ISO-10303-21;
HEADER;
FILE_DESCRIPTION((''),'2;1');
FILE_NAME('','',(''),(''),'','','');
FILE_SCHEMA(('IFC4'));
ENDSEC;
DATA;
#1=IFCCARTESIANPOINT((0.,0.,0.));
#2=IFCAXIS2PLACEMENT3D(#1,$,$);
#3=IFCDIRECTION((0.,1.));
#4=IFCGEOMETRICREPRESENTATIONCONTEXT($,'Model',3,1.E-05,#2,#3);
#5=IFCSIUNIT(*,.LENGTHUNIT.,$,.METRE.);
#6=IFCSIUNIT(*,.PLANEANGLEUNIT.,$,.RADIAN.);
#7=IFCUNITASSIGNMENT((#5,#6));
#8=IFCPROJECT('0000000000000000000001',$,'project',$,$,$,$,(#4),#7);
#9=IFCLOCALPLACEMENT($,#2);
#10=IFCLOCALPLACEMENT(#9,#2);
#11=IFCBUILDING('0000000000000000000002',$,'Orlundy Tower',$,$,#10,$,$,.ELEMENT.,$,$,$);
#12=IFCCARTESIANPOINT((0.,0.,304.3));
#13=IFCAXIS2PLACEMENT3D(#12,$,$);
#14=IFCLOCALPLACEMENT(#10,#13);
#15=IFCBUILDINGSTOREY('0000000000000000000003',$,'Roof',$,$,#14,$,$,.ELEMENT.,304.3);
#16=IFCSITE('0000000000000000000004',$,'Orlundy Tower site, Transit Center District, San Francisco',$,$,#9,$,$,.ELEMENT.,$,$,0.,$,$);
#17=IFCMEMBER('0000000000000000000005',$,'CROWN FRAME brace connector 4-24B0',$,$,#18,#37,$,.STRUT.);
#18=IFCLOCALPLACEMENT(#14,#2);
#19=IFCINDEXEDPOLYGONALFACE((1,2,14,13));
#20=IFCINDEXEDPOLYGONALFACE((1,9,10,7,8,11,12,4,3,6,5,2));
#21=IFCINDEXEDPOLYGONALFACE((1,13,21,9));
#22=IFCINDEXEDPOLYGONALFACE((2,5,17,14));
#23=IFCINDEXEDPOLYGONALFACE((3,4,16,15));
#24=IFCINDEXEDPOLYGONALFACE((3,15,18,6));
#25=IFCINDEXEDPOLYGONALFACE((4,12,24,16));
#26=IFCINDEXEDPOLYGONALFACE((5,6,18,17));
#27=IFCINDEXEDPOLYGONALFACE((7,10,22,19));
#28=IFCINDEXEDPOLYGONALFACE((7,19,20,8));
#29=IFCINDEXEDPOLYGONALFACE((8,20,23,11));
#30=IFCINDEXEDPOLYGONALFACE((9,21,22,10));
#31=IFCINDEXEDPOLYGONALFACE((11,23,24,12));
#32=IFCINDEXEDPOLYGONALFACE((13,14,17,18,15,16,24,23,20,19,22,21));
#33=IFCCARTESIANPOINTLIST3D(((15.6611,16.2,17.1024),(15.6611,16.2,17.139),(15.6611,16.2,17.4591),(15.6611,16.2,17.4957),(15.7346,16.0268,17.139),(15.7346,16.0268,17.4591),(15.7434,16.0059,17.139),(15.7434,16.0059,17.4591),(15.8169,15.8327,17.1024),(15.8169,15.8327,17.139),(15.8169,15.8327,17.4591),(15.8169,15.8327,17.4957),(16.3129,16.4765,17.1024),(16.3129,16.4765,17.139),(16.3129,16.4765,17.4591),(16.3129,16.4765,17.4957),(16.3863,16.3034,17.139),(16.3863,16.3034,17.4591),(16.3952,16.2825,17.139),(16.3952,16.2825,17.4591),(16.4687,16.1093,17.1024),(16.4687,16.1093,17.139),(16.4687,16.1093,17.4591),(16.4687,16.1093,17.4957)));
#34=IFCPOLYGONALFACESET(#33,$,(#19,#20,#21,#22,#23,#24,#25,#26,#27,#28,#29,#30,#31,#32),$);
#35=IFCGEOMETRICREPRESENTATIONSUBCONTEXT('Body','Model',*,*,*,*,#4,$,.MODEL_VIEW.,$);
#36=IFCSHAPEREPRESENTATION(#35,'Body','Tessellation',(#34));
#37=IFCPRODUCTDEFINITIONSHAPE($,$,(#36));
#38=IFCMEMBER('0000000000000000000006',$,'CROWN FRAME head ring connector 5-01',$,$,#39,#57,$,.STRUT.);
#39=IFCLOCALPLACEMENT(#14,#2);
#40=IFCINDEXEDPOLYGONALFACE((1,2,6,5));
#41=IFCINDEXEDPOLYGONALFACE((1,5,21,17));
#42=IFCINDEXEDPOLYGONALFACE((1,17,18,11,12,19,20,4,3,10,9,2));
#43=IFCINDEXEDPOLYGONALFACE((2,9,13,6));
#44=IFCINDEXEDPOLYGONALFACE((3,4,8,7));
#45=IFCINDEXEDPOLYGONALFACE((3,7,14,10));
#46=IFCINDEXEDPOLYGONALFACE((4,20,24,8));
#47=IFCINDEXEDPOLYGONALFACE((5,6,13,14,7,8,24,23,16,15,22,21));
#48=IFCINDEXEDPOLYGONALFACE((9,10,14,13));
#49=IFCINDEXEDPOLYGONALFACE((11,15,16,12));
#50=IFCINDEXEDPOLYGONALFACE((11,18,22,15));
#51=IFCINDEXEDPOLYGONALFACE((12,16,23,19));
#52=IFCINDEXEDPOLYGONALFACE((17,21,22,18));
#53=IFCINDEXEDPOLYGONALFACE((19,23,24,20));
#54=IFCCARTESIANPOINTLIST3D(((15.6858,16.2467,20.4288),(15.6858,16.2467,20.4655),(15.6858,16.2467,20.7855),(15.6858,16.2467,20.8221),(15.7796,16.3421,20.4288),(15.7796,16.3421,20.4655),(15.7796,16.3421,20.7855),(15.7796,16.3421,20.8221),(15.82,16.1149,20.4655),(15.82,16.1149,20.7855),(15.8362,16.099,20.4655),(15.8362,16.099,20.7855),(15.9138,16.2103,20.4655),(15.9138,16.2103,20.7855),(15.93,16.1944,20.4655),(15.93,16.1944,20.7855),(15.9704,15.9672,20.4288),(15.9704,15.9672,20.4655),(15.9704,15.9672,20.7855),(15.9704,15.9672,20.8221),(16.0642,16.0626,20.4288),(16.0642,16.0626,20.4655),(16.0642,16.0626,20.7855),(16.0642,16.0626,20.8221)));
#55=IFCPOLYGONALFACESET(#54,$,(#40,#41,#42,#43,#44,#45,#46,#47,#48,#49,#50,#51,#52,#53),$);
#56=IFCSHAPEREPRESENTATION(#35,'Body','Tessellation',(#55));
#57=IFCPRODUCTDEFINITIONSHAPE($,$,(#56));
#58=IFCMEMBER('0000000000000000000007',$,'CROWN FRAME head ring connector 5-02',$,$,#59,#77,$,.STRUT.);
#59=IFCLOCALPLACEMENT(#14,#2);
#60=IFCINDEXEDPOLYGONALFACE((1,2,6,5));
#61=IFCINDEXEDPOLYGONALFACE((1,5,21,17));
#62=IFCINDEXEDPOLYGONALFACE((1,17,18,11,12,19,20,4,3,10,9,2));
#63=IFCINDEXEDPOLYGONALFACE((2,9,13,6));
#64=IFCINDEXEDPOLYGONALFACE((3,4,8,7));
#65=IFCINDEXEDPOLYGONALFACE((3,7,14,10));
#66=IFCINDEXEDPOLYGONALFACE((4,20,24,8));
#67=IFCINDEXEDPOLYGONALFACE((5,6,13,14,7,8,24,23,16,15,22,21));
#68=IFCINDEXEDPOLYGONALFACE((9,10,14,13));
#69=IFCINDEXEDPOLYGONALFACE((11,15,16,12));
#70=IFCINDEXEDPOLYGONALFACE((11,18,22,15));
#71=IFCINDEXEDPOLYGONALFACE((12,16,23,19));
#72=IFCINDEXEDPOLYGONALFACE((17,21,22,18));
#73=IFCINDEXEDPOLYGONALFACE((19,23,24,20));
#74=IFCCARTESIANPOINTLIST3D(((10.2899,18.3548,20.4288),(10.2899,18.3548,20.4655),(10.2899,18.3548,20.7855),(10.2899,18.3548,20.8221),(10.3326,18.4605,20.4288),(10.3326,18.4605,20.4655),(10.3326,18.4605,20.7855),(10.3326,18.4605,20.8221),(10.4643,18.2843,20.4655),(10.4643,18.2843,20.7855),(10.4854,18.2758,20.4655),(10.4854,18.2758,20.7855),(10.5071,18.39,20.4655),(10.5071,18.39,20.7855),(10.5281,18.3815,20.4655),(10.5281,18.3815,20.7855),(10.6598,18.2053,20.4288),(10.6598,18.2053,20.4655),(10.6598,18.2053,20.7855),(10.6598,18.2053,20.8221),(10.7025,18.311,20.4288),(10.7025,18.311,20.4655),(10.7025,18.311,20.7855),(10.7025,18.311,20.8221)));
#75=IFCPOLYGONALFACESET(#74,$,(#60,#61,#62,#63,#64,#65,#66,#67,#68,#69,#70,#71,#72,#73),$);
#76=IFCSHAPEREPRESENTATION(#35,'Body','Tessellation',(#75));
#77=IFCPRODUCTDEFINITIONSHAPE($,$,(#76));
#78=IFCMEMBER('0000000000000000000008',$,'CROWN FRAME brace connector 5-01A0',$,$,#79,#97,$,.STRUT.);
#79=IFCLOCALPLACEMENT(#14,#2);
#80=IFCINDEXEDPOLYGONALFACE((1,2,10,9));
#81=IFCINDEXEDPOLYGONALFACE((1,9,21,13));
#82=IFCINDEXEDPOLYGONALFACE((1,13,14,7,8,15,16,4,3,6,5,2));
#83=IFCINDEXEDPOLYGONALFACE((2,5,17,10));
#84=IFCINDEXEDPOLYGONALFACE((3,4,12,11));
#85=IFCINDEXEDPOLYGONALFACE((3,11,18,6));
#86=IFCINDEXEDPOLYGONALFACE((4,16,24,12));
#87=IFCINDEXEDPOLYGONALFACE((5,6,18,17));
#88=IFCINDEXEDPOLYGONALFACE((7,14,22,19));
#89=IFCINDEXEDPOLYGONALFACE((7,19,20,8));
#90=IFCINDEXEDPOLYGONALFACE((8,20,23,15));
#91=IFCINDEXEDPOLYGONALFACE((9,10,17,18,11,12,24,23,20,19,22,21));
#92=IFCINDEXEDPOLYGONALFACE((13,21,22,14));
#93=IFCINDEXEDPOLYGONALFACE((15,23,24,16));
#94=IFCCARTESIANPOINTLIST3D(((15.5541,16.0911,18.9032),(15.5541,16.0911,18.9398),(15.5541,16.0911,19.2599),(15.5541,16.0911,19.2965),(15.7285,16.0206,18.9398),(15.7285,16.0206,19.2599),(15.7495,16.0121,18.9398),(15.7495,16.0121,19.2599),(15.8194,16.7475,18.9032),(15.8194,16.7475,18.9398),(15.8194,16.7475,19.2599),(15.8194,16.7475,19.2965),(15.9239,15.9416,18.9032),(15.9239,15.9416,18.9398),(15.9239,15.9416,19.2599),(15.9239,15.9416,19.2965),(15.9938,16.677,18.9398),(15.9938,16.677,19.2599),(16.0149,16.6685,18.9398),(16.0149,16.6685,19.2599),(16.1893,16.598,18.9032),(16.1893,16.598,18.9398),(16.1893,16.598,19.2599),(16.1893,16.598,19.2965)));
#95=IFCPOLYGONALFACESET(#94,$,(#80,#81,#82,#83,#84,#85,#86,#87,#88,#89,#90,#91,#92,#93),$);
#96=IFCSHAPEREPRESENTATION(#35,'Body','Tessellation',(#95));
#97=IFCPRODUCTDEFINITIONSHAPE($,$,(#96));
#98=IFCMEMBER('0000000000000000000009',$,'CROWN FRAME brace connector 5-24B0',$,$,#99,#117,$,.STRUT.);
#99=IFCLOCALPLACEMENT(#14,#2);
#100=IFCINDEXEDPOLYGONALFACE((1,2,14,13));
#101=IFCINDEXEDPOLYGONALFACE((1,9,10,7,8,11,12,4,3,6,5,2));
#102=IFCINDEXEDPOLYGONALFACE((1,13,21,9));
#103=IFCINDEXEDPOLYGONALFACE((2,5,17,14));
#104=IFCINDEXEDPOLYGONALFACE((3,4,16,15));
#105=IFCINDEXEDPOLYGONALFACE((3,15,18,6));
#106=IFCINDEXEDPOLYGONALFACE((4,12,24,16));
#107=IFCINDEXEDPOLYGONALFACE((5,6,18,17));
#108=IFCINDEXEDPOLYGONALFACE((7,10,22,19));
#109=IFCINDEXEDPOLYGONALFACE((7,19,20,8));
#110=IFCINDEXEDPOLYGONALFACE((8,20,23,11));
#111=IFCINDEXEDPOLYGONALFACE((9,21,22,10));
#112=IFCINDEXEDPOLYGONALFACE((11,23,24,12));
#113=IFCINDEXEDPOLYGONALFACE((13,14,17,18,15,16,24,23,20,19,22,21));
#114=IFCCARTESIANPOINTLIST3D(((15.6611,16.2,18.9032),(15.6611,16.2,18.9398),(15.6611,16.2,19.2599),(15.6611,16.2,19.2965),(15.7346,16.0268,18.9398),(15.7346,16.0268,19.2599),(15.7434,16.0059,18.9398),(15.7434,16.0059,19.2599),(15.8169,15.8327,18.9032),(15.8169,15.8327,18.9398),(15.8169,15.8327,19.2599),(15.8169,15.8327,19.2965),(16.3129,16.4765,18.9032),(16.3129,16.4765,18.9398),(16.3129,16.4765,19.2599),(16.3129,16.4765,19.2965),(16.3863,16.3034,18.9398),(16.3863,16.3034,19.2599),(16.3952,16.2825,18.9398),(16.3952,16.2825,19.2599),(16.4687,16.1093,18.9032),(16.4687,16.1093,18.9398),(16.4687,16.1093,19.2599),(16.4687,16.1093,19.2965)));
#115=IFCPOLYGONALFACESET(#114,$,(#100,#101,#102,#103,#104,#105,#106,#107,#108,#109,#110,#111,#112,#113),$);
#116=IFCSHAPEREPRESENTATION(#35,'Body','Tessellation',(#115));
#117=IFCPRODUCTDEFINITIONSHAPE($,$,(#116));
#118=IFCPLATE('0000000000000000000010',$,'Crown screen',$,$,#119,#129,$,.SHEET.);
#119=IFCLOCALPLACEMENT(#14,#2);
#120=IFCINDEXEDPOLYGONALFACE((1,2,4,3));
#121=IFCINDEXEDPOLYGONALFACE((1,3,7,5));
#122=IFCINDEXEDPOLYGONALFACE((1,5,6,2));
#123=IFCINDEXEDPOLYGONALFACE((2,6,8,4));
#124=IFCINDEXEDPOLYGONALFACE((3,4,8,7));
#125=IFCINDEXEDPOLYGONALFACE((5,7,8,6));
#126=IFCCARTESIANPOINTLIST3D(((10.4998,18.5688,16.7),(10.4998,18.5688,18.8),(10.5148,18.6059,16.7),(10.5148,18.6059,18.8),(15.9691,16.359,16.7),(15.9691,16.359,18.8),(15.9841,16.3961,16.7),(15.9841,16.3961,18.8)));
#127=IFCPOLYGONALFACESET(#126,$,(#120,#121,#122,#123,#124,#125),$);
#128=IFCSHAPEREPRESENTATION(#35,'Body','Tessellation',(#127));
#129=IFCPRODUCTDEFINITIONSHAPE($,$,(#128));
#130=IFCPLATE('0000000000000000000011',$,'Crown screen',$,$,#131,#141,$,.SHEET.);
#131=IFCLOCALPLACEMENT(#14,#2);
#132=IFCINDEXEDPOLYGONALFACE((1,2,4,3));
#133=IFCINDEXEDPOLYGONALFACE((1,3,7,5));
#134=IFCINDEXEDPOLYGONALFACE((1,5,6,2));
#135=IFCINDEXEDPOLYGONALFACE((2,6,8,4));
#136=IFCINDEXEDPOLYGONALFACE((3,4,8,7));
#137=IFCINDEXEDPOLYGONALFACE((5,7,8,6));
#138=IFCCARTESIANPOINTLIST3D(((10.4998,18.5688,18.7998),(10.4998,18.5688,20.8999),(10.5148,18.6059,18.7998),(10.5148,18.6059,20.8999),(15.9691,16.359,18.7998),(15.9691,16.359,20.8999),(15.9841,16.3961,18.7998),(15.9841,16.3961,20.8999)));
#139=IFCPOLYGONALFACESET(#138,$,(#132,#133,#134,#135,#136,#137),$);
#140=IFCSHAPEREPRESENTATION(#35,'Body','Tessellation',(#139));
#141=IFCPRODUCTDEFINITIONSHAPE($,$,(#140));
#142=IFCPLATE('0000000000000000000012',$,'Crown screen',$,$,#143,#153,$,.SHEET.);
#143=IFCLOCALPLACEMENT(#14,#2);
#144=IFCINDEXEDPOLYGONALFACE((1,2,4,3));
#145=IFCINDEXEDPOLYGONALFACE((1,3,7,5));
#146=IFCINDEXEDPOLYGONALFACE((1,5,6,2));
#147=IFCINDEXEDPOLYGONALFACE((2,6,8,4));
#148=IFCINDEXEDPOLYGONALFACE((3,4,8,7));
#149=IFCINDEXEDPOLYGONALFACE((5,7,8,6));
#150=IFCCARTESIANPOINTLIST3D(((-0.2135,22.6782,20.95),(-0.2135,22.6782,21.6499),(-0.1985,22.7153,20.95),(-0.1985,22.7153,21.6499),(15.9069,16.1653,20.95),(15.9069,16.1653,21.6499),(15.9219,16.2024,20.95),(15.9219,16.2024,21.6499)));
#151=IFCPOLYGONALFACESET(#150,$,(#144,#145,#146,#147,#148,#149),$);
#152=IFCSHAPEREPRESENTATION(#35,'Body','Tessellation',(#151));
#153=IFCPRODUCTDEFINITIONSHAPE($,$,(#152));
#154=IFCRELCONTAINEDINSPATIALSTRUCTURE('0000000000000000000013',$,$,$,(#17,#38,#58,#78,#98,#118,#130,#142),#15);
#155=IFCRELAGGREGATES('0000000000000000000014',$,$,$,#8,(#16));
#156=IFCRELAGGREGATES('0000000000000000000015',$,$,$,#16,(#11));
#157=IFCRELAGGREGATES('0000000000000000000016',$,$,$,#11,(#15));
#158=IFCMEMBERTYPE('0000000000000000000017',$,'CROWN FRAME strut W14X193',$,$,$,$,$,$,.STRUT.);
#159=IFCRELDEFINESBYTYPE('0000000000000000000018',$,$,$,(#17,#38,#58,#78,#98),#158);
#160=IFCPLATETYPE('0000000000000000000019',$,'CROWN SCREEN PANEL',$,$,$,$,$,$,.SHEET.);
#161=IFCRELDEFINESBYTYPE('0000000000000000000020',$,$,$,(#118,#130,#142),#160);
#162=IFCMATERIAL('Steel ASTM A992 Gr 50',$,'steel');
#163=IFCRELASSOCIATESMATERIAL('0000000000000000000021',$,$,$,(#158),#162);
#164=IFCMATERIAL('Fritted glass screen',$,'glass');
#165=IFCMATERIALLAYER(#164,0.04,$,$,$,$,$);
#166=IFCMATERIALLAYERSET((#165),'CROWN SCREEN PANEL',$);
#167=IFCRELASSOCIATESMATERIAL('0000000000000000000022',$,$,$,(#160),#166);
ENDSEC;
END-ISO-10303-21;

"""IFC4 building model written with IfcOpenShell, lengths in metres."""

from ifc_helpers import new_model, si_unit, direction, frame, origin, origin_2d, place, context, subcontext, project, spatial, polyline, rectangle, i_section, outline, extrude, material, layer, layer_set, material_profile, profile_set, type_object, element, save


model = new_model("IFC4")

# Units and contexts
model_context = context("Model", 3, precision=1e-05, world=origin(), true_north=direction((0.0, 1.0)))
body_context = subcontext(model_context, "Body", "Model", "MODEL_VIEW")
ifc_project = project(units=[si_unit("LENGTHUNIT", "METRE"), si_unit("PLANEANGLEUNIT", "RADIAN")], contexts=[model_context])

# Site, building, storey
site_placement = place(None, origin())
site = spatial("IfcSite", under=ifc_project, at=site_placement, Name="Orlundy Tower site, Transit Center District, San Francisco", CompositionType="ELEMENT", RefElevation=0.0)
building_placement = place(site_placement, origin())
building = spatial("IfcBuilding", under=site, at=building_placement, Name="Orlundy Tower", CompositionType="ELEMENT")
storey_placement = place(building_placement, frame((0.0, 0.0, 304.3)))
storey = spatial("IfcBuildingStorey", under=building, at=storey_placement, Name="Roof", CompositionType="ELEMENT", Elevation=304.3)

# Members
ifc_material_1 = material(Name="Steel ASTM A992 Gr 50", Category="steel")
ifc_material_profile_1 = material_profile(ifc_material_1, i_section(OverallWidth=0.3989, OverallDepth=0.3933, WebThickness=0.0227, FlangeThickness=0.0366, at=origin_2d()), Name="W14X193")
ifc_profile_set_1 = profile_set([ifc_material_profile_1], Name="Steel ASTM A992 Gr 50")
member_type_1 = type_object("IfcMemberType", Name="CROWN FRAME strut W14X193", PredefinedType="STRUT", material=ifc_profile_set_1)
for number, where, z_axis, x_axis, name in (
    (1, (15.739, 16.0164, 17.2991), (0.920548, 0.39063, 0.0), (-0.39063, 0.920548, 0.0), "CROWN FRAME brace connector 4-24B0"),
):
    element("IfcMember", number, at=place(storey_placement, frame(where, z_axis=z_axis, x_axis=x_axis)), inside=storey, type_object=member_type_1, Name=name, PredefinedType="STRUT", context=body_context, shape_type="SweptSolid", body=[
        extrude(i_section(OverallWidth=0.3989, OverallDepth=0.3933, WebThickness=0.0227, FlangeThickness=0.0366, at=origin_2d()), origin(), (0.0, 0.0, 1.0), 0.708),
    ])
member_1_placement = place(storey_placement, frame((15.8281, 16.1069, 20.6255), z_axis=(0.700691, 0.713464, 0.0), x_axis=(-0.713464, 0.700691, 0.0)))
element("IfcMember", 2, at=member_1_placement, inside=storey, type_object=member_type_1, Name="CROWN FRAME head ring connector 5-01", PredefinedType="STRUT", context=body_context, shape_type="SweptSolid", body=[
    extrude(i_section(OverallWidth=0.3989, OverallDepth=0.3933, WebThickness=0.0227, FlangeThickness=0.0366, at=origin_2d()), origin(), (0.0, 0.0, 1.0), 0.1338),
])
member_2_placement = place(storey_placement, frame((10.4749, 18.28, 20.6255), z_axis=(0.374711, 0.927142, 0.0), x_axis=(-0.927142, 0.374711, 0.0)))
element("IfcMember", 3, at=member_2_placement, inside=storey, type_object=member_type_1, Name="CROWN FRAME head ring connector 5-02", PredefinedType="STRUT", context=body_context, shape_type="SweptSolid", body=[
    extrude(i_section(OverallWidth=0.3989, OverallDepth=0.3933, WebThickness=0.0227, FlangeThickness=0.0366, at=origin_2d()), origin(), (0.0, 0.0, 1.0), 0.114),
])
for number, where, z_axis, x_axis, name in (
    (4, (15.739, 16.0164, 19.0999), (0.374777, 0.927115, 0.0), (-0.927115, 0.374777, 0.0), "CROWN FRAME brace connector 5-01A0"),
    (5, (15.739, 16.0164, 19.0999), (0.920548, 0.39063, 0.0), (-0.39063, 0.920548, 0.0), "CROWN FRAME brace connector 5-24B0"),
):
    element("IfcMember", number, at=place(storey_placement, frame(where, z_axis=z_axis, x_axis=x_axis)), inside=storey, type_object=member_type_1, Name=name, PredefinedType="STRUT", context=body_context, shape_type="SweptSolid", body=[
        extrude(i_section(OverallWidth=0.3989, OverallDepth=0.3933, WebThickness=0.0227, FlangeThickness=0.0366, at=origin_2d()), origin(), (0.0, 0.0, 1.0), 0.708),
    ])

# Plates
ifc_material_2 = material(Name="Fritted glass screen", Category="glass")
ifc_layer = layer(ifc_material_2, 0.04)
ifc_layer_set = layer_set([ifc_layer], Name="CROWN SCREEN PANEL")
plate_type = type_object("IfcPlateType", Name="CROWN SCREEN PANEL", PredefinedType="SHEET", material=ifc_layer_set)
for number, where, z_axis, x_axis, name in (
    (6, (13.2419, 17.4824, 16.7), (0.0, 0.0, 1.0), (-0.927182, 0.374612, 0.0), "Crown screen"),
    (7, (13.2419, 17.4824, 18.7998), (0.0, 0.0, 1.0), (-0.927182, 0.374612, 0.0), "Crown screen"),
):
    element("IfcPlate", number, at=place(storey_placement, frame(where, z_axis=z_axis, x_axis=x_axis)), inside=storey, type_object=plate_type, Name=name, PredefinedType="SHEET", context=body_context, shape_type="SweptSolid", body=[
        extrude(rectangle(XDim=5.8989, YDim=0.04, at=origin_2d()), origin(), (0.0, 0.0, 1.0), 2.1001),
    ])
plate_placement = place(storey_placement, frame((15.9219, 16.2024, 20.95), z_axis=(0.374601, 0.927186, 0.0), x_axis=(-0.927186, 0.374601, 0.0)))
element("IfcPlate", 8, at=plate_placement, inside=storey, type_object=plate_type, Name="Crown screen", PredefinedType="SHEET", context=body_context, shape_type="SweptSolid", body=[
    extrude(outline(polyline([(0.0, 0.0), (17.3863, 0.0), (17.3863, 0.7), (0.0, 0.7), (0.0, 0.0)])), origin(), (0.0, 0.0, -1.0), 0.04),
])

save(model, "model.ifc")
